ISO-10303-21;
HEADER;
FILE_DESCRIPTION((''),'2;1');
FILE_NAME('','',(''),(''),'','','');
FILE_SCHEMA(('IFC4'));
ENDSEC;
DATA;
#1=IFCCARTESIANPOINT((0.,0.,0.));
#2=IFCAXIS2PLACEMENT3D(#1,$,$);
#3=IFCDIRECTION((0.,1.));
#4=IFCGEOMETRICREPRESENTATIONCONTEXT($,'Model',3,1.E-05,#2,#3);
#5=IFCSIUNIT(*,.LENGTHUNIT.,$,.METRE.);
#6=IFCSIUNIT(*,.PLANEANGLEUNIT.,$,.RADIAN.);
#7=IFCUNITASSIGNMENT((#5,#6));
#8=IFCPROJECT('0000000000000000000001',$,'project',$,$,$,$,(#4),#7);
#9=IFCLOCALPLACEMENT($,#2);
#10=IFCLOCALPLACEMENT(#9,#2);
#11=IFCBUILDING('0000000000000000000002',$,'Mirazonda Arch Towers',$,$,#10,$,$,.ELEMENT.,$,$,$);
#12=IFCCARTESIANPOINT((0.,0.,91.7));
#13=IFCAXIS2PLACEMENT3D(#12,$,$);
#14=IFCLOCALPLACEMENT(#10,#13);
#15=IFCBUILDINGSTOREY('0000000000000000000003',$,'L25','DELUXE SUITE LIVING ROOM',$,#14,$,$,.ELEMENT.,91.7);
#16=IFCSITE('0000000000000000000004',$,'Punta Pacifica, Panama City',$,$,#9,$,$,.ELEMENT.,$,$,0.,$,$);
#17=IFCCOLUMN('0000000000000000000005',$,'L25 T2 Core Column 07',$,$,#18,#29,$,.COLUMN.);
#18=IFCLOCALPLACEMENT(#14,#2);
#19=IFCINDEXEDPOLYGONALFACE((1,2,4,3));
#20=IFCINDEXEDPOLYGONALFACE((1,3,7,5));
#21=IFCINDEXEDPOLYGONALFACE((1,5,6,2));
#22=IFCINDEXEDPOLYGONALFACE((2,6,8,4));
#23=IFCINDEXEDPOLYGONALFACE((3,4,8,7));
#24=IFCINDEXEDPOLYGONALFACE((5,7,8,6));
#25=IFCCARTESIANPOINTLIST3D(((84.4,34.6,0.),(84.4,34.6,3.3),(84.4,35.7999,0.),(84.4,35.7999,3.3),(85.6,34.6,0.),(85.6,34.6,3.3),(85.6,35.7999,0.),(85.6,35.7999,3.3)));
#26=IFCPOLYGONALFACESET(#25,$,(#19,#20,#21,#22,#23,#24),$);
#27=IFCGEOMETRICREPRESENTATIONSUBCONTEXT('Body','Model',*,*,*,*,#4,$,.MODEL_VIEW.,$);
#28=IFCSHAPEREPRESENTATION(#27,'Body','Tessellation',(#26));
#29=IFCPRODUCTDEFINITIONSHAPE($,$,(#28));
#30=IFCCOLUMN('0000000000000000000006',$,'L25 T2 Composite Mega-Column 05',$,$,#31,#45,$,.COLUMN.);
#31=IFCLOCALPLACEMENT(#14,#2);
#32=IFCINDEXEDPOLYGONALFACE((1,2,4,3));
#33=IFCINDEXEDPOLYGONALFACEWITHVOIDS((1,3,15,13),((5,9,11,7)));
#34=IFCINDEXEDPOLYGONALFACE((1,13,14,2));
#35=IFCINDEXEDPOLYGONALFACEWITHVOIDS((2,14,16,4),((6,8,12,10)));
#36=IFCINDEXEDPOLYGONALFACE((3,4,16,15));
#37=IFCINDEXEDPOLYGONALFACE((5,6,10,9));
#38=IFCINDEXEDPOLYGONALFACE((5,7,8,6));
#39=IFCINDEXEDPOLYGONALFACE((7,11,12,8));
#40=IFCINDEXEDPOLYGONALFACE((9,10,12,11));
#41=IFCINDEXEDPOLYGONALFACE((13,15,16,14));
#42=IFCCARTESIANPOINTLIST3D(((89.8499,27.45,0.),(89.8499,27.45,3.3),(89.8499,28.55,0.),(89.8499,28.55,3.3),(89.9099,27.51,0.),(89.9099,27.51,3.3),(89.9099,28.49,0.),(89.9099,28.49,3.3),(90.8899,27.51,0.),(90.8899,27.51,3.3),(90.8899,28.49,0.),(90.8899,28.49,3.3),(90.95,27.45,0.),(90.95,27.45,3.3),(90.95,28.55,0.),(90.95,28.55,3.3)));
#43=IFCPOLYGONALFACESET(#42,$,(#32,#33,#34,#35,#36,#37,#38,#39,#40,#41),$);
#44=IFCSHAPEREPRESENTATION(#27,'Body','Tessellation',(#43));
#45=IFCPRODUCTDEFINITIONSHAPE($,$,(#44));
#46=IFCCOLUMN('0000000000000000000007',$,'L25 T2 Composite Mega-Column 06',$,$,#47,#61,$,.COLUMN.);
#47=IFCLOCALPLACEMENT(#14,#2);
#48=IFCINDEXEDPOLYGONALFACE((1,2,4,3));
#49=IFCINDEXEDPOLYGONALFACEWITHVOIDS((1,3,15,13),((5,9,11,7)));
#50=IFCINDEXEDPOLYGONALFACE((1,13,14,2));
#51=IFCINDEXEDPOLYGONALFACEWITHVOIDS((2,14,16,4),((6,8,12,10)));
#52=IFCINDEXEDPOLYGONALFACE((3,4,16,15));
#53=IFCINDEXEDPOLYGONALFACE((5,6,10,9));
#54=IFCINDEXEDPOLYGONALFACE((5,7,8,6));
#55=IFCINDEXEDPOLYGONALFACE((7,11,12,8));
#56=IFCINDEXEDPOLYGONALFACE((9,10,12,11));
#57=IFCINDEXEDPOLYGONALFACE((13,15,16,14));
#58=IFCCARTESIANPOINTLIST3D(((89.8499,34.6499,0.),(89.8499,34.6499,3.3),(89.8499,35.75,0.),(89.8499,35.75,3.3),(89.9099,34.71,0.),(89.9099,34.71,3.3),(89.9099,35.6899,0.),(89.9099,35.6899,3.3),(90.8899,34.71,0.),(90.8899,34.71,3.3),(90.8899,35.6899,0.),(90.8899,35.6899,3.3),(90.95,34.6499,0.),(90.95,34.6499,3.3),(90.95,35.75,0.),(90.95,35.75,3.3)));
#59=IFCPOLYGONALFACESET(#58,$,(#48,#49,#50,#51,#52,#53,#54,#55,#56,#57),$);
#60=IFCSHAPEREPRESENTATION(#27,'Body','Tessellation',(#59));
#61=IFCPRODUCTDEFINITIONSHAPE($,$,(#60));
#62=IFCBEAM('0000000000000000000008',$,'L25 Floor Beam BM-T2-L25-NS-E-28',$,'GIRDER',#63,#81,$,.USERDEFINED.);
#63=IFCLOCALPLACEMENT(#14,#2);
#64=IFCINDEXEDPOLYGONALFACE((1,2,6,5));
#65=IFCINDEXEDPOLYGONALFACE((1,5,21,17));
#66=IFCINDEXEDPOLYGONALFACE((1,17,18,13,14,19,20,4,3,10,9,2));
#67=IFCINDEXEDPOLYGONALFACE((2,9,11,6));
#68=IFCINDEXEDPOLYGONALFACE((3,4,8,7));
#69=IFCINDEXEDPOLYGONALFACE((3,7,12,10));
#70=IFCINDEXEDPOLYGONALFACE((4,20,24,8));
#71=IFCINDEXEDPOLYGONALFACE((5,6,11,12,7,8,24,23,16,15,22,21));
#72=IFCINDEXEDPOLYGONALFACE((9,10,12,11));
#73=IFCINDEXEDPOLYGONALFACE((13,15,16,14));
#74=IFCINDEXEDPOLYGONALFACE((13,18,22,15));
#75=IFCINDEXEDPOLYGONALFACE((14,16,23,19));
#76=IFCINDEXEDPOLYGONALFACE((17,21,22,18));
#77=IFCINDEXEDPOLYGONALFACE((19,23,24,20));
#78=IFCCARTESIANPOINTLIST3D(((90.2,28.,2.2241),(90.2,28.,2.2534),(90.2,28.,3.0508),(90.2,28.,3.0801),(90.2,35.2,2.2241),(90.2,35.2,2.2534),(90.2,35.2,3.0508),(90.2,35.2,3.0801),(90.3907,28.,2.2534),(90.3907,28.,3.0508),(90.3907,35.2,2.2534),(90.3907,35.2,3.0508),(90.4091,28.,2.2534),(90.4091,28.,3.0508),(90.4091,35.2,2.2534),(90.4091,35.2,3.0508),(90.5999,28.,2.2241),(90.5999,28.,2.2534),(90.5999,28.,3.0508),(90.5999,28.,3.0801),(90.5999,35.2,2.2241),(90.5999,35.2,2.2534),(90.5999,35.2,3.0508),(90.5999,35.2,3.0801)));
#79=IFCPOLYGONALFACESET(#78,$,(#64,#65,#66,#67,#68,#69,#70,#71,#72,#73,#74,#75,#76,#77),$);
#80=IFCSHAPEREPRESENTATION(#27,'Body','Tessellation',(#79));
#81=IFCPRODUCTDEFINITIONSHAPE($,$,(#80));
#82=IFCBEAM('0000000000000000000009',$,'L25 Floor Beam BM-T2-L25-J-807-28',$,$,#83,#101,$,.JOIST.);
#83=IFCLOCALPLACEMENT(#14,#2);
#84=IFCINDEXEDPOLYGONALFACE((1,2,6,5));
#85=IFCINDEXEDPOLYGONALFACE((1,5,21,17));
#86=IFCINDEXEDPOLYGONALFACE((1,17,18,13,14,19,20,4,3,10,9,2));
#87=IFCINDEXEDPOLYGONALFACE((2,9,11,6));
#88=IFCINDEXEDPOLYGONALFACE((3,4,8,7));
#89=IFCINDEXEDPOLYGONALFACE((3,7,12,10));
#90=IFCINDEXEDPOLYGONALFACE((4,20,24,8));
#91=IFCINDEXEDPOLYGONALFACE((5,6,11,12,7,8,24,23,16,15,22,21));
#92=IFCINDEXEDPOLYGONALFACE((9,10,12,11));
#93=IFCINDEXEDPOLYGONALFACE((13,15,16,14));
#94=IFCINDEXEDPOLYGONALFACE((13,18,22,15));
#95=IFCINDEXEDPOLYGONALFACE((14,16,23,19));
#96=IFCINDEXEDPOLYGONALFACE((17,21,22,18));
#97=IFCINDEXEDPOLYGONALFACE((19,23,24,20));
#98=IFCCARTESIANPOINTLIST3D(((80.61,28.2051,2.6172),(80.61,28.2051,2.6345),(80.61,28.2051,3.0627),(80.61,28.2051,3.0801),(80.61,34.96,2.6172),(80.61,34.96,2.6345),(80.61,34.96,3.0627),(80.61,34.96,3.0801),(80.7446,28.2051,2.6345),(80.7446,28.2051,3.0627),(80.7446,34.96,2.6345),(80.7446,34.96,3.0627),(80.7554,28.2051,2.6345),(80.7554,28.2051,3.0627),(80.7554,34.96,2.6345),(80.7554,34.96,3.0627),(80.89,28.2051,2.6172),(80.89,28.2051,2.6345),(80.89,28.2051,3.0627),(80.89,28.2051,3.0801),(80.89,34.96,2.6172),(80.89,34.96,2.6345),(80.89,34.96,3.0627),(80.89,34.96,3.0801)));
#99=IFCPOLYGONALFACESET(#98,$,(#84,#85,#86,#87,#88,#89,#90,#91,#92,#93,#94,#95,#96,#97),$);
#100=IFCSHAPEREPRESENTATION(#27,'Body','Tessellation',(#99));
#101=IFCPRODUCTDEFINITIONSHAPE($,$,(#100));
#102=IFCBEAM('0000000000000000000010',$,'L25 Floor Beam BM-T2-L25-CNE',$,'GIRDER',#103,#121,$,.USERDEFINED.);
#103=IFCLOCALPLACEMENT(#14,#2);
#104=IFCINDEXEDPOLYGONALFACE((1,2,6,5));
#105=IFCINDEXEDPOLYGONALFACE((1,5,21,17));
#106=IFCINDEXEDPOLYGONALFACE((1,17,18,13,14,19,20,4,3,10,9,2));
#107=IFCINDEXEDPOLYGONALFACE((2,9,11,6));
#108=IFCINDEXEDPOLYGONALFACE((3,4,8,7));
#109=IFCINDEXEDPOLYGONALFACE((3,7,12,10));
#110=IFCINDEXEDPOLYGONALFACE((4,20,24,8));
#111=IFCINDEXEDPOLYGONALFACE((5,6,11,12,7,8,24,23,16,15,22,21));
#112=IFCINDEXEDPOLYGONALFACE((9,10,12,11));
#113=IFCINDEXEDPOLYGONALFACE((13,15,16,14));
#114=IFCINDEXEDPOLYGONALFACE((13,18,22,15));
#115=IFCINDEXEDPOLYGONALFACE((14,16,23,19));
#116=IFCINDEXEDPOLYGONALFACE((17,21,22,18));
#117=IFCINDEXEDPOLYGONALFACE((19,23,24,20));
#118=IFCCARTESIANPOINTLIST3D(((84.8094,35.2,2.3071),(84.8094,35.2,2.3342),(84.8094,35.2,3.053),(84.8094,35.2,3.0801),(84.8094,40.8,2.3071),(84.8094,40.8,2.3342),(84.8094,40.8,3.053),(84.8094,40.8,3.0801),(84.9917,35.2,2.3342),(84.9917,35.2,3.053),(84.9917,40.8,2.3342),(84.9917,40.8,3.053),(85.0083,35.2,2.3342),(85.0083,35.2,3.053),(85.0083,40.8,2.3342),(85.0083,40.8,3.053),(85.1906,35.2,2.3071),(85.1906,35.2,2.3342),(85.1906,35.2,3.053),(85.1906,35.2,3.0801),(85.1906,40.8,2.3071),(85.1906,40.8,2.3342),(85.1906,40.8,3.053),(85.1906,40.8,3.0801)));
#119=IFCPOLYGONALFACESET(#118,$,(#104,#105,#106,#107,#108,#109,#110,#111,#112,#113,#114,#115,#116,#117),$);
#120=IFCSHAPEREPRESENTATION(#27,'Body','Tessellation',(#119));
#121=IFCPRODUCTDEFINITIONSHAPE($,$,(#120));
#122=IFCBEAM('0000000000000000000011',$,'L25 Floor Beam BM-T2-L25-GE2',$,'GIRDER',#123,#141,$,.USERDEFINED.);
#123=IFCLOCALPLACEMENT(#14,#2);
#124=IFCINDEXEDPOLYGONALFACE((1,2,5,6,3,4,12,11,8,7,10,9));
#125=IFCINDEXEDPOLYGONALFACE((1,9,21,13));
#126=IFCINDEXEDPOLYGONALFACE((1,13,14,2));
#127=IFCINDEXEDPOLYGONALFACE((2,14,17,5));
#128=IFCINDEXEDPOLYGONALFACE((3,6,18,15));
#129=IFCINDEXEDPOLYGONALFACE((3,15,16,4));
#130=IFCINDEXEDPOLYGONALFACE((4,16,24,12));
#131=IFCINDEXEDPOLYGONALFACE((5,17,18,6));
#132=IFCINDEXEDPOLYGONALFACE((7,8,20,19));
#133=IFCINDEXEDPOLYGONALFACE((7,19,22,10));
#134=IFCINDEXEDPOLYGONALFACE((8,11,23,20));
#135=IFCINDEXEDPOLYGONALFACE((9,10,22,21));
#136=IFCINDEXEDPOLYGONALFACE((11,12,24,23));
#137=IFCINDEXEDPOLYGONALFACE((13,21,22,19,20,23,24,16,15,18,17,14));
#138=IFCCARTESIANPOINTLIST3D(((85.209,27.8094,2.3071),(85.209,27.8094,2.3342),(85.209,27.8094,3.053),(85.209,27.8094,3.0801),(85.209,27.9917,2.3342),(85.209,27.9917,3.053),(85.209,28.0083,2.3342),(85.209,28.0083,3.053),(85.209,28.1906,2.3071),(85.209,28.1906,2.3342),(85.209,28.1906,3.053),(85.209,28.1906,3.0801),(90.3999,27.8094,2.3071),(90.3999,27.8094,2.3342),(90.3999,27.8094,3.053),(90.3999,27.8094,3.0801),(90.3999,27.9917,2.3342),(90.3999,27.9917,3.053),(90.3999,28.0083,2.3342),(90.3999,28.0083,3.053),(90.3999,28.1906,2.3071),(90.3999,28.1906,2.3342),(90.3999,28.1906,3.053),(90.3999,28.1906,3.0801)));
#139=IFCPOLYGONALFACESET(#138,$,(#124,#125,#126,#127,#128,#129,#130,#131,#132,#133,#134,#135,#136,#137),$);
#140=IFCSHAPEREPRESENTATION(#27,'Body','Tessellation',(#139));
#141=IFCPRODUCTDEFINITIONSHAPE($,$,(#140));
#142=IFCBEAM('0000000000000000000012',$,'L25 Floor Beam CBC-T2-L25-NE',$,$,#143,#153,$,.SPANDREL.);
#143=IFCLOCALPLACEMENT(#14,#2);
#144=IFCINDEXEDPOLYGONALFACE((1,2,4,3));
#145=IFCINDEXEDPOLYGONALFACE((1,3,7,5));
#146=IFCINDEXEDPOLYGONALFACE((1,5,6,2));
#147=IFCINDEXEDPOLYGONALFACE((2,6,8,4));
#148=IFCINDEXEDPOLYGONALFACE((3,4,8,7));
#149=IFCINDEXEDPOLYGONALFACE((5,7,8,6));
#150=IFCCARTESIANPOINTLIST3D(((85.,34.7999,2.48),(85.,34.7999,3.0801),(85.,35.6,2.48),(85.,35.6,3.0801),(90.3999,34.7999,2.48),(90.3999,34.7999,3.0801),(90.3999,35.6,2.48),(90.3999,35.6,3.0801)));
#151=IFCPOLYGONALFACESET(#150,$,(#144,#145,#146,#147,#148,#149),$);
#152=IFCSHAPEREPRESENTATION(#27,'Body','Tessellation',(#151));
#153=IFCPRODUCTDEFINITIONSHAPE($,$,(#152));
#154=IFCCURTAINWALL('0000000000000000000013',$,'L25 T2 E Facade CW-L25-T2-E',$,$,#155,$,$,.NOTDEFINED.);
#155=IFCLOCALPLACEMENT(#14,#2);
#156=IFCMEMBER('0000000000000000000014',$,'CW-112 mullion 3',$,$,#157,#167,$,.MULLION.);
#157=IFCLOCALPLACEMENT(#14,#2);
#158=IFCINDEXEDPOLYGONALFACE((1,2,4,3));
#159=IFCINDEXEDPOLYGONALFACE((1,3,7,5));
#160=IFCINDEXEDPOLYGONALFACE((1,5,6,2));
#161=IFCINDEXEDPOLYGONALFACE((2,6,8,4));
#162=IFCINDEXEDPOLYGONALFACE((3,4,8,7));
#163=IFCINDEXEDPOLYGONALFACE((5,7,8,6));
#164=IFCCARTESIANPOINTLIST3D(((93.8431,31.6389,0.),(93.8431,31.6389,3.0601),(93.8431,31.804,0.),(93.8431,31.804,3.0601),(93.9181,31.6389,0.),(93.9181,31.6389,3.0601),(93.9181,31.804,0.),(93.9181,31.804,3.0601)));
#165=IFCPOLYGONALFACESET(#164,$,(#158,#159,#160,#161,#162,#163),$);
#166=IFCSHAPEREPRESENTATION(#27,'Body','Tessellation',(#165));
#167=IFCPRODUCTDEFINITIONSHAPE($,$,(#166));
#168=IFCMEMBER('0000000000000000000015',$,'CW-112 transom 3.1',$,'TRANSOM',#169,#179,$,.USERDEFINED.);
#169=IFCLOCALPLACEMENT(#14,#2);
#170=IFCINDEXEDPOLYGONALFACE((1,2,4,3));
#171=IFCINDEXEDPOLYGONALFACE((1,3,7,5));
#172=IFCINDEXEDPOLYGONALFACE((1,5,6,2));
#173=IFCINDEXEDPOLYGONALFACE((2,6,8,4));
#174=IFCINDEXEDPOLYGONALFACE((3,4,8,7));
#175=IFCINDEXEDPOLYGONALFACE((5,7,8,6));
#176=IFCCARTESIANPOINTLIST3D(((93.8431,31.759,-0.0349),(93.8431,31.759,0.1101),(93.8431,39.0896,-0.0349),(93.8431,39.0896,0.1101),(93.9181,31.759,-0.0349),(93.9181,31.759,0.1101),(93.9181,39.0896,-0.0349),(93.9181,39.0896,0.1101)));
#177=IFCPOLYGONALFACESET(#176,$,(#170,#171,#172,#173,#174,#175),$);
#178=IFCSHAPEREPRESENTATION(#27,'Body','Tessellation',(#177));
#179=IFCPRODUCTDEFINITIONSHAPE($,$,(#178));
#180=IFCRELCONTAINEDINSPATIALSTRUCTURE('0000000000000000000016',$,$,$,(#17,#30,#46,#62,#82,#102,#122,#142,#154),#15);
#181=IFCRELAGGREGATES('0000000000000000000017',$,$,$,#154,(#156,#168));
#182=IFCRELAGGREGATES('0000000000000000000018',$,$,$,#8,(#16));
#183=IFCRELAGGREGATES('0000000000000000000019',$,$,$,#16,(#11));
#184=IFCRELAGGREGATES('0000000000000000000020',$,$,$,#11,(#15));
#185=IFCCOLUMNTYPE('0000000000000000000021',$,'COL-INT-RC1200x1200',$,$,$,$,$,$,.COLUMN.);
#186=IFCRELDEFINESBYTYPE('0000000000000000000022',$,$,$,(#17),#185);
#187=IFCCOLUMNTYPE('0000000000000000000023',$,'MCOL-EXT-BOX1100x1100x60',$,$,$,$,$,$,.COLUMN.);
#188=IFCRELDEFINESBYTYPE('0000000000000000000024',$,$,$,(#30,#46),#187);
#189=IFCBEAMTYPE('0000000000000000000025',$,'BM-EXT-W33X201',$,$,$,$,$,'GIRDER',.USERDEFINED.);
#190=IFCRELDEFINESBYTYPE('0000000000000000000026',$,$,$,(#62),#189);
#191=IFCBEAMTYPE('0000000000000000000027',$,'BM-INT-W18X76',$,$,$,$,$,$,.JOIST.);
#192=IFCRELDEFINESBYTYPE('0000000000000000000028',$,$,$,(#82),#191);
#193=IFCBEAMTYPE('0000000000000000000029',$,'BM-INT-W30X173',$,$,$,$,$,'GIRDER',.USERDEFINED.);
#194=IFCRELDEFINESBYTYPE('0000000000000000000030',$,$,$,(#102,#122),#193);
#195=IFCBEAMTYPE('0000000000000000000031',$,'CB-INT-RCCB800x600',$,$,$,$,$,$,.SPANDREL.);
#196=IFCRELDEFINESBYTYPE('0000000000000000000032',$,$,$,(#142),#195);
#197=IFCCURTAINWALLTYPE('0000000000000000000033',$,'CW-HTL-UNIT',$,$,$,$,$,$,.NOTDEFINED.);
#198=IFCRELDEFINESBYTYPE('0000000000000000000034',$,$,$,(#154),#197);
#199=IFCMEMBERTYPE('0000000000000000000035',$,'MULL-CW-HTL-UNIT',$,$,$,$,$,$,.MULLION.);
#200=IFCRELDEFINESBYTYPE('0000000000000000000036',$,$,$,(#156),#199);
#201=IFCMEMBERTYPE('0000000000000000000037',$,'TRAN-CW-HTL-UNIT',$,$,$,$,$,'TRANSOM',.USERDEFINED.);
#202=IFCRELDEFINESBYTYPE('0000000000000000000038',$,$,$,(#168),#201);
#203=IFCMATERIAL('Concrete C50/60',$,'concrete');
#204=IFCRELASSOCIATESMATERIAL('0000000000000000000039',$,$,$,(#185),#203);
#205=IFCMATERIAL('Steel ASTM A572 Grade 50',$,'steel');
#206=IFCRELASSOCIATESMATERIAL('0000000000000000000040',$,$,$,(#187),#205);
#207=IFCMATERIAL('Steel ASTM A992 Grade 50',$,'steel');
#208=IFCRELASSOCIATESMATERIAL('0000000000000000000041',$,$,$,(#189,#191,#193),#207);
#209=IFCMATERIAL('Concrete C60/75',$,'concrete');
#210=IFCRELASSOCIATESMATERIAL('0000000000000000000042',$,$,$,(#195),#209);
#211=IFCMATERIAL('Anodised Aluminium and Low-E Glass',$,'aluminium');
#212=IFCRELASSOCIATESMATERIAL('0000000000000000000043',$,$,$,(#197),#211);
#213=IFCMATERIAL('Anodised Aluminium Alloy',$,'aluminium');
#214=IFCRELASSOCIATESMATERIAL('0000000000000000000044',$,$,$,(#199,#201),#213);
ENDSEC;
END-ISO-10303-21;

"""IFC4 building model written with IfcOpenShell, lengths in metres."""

from ifc_helpers import new_model, si_unit, direction, frame, origin, origin_2d, place, context, subcontext, project, spatial, rectangle, hollow_rectangle, i_section, extrude, material, material_profile, profile_set, type_object, element, aggregate, save


model = new_model("IFC4")

# Units and contexts
model_context = context("Model", 3, precision=1e-05, world=origin(), true_north=direction((0.0, 1.0)))
body_context = subcontext(model_context, "Body", "Model", "MODEL_VIEW")
ifc_project = project(units=[si_unit("LENGTHUNIT", "METRE"), si_unit("PLANEANGLEUNIT", "RADIAN")], contexts=[model_context])

# Site, building, storey
site_placement = place(None, origin())
site = spatial("IfcSite", under=ifc_project, at=site_placement, Name="Punta Pacifica, Panama City", CompositionType="ELEMENT", RefElevation=0.0)
building_placement = place(site_placement, origin())
building = spatial("IfcBuilding", under=site, at=building_placement, Name="Mirazonda Arch Towers", CompositionType="ELEMENT")
storey_placement = place(building_placement, frame((0.0, 0.0, 91.7)))
storey = spatial("IfcBuildingStorey", under=building, at=storey_placement, Name="L25", Description="DELUXE SUITE LIVING ROOM", CompositionType="ELEMENT", Elevation=91.7)

# Columns
ifc_material_1 = material(Name="Concrete C50/60", Category="concrete")
ifc_material_profile_1 = material_profile(ifc_material_1, rectangle(XDim=1.2, YDim=1.2, at=origin_2d()), Name="RC1200x1200")
ifc_profile_set_1 = profile_set([ifc_material_profile_1], Name="Concrete C50/60")
column_type_1 = type_object("IfcColumnType", Name="COL-INT-RC1200x1200", PredefinedType="COLUMN", material=ifc_profile_set_1)
column_placement = place(storey_placement, frame((85.0, 35.2, 0.0), z_axis=(0.0, 0.0, 1.0), x_axis=(1.0, 0.0, 0.0)))
element("IfcColumn", 1, at=column_placement, inside=storey, type_object=column_type_1, Name="L25 T2 Core Column 07", PredefinedType="COLUMN", context=body_context, shape_type="SweptSolid", body=[
    extrude(rectangle(XDim=1.2, YDim=1.2, at=origin_2d()), origin(), (0.0, 0.0, 1.0), 3.3),
])
ifc_material_2 = material(Name="Steel ASTM A572 Grade 50", Category="steel")
ifc_material_profile_2 = material_profile(ifc_material_2, hollow_rectangle(XDim=1.1001, YDim=1.1001, WallThickness=0.0601, at=origin_2d()), Name="BOX1100x1100x60")
ifc_profile_set_2 = profile_set([ifc_material_profile_2], Name="Steel ASTM A572 Grade 50")
column_type_2 = type_object("IfcColumnType", Name="MCOL-EXT-BOX1100x1100x60", PredefinedType="COLUMN", material=ifc_profile_set_2)
for number, where, z_axis, x_axis, name in (
    (2, (90.3999, 28.0, 0.0), (0.0, 0.0, 1.0), (1.0, 0.0, 0.0), "L25 T2 Composite Mega-Column 05"),
    (3, (90.3999, 35.2, 0.0), (0.0, 0.0, 1.0), (1.0, 0.0, 0.0), "L25 T2 Composite Mega-Column 06"),
):
    element("IfcColumn", number, at=place(storey_placement, frame(where, z_axis=z_axis, x_axis=x_axis)), inside=storey, type_object=column_type_2, Name=name, PredefinedType="COLUMN", context=body_context, shape_type="SweptSolid", body=[
        extrude(hollow_rectangle(XDim=1.1001, YDim=1.1001, WallThickness=0.0601, at=origin_2d()), origin(), (0.0, 0.0, 1.0), 3.3),
    ])

# Beams
ifc_material_3 = material(Name="Steel ASTM A992 Grade 50", Category="steel")
ifc_material_profile_3 = material_profile(ifc_material_3, i_section(OverallWidth=0.3999, OverallDepth=0.856, WebThickness=0.0183, FlangeThickness=0.0293, at=origin_2d()), Name="W33X201")
ifc_profile_set_3 = profile_set([ifc_material_profile_3], Name="Steel ASTM A992 Grade 50")
beam_type_1 = type_object("IfcBeamType", Name="BM-EXT-W33X201", ElementType="GIRDER", PredefinedType="USERDEFINED", material=ifc_profile_set_3)
beam_1_placement = place(storey_placement, frame((90.3999, 28.0, 2.6521), z_axis=(0.0, 1.0, 0.0), x_axis=(-1.0, 0.0, 0.0)))
element("IfcBeam", 4, at=beam_1_placement, inside=storey, type_object=beam_type_1, Name="L25 Floor Beam BM-T2-L25-NS-E-28", ObjectType="GIRDER", PredefinedType="USERDEFINED", context=body_context, shape_type="SweptSolid", body=[
    extrude(i_section(OverallWidth=0.3999, OverallDepth=0.856, WebThickness=0.0183, FlangeThickness=0.0293, at=origin_2d()), origin(), (0.0, 0.0, 1.0), 7.2),
])
ifc_material_profile_4 = material_profile(ifc_material_3, i_section(OverallWidth=0.28, OverallDepth=0.4629, WebThickness=0.0107, FlangeThickness=0.0173, at=origin_2d()), Name="W18X76")
ifc_profile_set_4 = profile_set([ifc_material_profile_4], Name="Steel ASTM A992 Grade 50")
beam_type_2 = type_object("IfcBeamType", Name="BM-INT-W18X76", PredefinedType="JOIST", material=ifc_profile_set_4)
beam_2_placement = place(storey_placement, frame((80.75, 28.2051, 2.8486), z_axis=(0.0, 1.0, 0.0), x_axis=(-1.0, 0.0, 0.0)))
element("IfcBeam", 5, at=beam_2_placement, inside=storey, type_object=beam_type_2, Name="L25 Floor Beam BM-T2-L25-J-807-28", PredefinedType="JOIST", context=body_context, shape_type="SweptSolid", body=[
    extrude(i_section(OverallWidth=0.28, OverallDepth=0.4629, WebThickness=0.0107, FlangeThickness=0.0173, at=origin_2d()), origin(), (0.0, 0.0, 1.0), 6.7549),
])
ifc_material_profile_5 = material_profile(ifc_material_3, i_section(OverallWidth=0.3811, OverallDepth=0.7729, WebThickness=0.0166, FlangeThickness=0.0271, at=origin_2d()), Name="W30X173")
ifc_profile_set_5 = profile_set([ifc_material_profile_5], Name="Steel ASTM A992 Grade 50")
beam_type_3 = type_object("IfcBeamType", Name="BM-INT-W30X173", ElementType="GIRDER", PredefinedType="USERDEFINED", material=ifc_profile_set_5)
beam_3_placement = place(storey_placement, frame((85.0, 35.2, 2.6936), z_axis=(0.0, 1.0, 0.0), x_axis=(-1.0, 0.0, 0.0)))
element("IfcBeam", 6, at=beam_3_placement, inside=storey, type_object=beam_type_3, Name="L25 Floor Beam BM-T2-L25-CNE", ObjectType="GIRDER", PredefinedType="USERDEFINED", context=body_context, shape_type="SweptSolid", body=[
    extrude(i_section(OverallWidth=0.3811, OverallDepth=0.7729, WebThickness=0.0166, FlangeThickness=0.0271, at=origin_2d()), origin(), (0.0, 0.0, 1.0), 5.6001),
])
beam_4_placement = place(storey_placement, frame((85.209, 28.0, 2.6936), z_axis=(1.0, 0.0, 0.0), x_axis=(0.0, 1.0, 0.0)))
element("IfcBeam", 7, at=beam_4_placement, inside=storey, type_object=beam_type_3, Name="L25 Floor Beam BM-T2-L25-GE2", ObjectType="GIRDER", PredefinedType="USERDEFINED", context=body_context, shape_type="SweptSolid", body=[
    extrude(i_section(OverallWidth=0.3811, OverallDepth=0.7729, WebThickness=0.0166, FlangeThickness=0.0271, at=origin_2d()), origin(), (0.0, 0.0, 1.0), 5.1909),
])
ifc_material_4 = material(Name="Concrete C60/75", Category="concrete")
ifc_material_profile_6 = material_profile(ifc_material_4, rectangle(XDim=0.8, YDim=0.6001, at=origin_2d()), Name="RCCB800x600")
ifc_profile_set_6 = profile_set([ifc_material_profile_6], Name="Concrete C60/75")
beam_type_4 = type_object("IfcBeamType", Name="CB-INT-RCCB800x600", PredefinedType="SPANDREL", material=ifc_profile_set_6)
beam_5_placement = place(storey_placement, frame((85.0, 35.2, 2.78), z_axis=(1.0, 0.0, 0.0), x_axis=(0.0, 1.0, 0.0)))
element("IfcBeam", 8, at=beam_5_placement, inside=storey, type_object=beam_type_4, Name="L25 Floor Beam CBC-T2-L25-NE", PredefinedType="SPANDREL", context=body_context, shape_type="SweptSolid", body=[
    extrude(rectangle(XDim=0.8, YDim=0.6001, at=origin_2d()), origin(), (0.0, 0.0, 1.0), 5.3999),
])

# Curtain wall, members
ifc_material_5 = material(Name="Anodised Aluminium and Low-E Glass", Category="aluminium")
curtain_wall_type = type_object("IfcCurtainWallType", Name="CW-HTL-UNIT", PredefinedType="NOTDEFINED", material=ifc_material_5)
curtain_wall_placement = place(storey_placement, origin())
curtain_wall = element("IfcCurtainWall", 9, at=curtain_wall_placement, inside=storey, type_object=curtain_wall_type, Name="L25 T2 E Facade CW-L25-T2-E", PredefinedType="NOTDEFINED")
ifc_material_6 = material(Name="Anodised Aluminium Alloy", Category="aluminium")
ifc_material_profile_7 = material_profile(ifc_material_6, rectangle(XDim=0.075, YDim=0.165, at=origin_2d()), Name="ALU-MULL-75x165")
ifc_profile_set_7 = profile_set([ifc_material_profile_7], Name="Anodised Aluminium Alloy")
member_type_1 = type_object("IfcMemberType", Name="MULL-CW-HTL-UNIT", PredefinedType="MULLION", material=ifc_profile_set_7)
member_1_placement = place(storey_placement, frame((93.8806, 31.7214, 0.0), z_axis=(0.0, 0.0, 1.0), x_axis=(-1.0, 0.0, 0.0)))
member_1 = element("IfcMember", 10, at=member_1_placement, type_object=member_type_1, Name="CW-112 mullion 3", PredefinedType="MULLION", context=body_context, shape_type="SweptSolid", body=[
    extrude(rectangle(XDim=0.075, YDim=0.165, at=origin_2d()), origin(), (0.0, 0.0, 1.0), 3.0601),
])
ifc_material_profile_8 = material_profile(ifc_material_6, rectangle(XDim=0.075, YDim=0.145, at=origin_2d()), Name="ALU-TRAN-75x145")
ifc_profile_set_8 = profile_set([ifc_material_profile_8], Name="Anodised Aluminium Alloy")
member_type_2 = type_object("IfcMemberType", Name="TRAN-CW-HTL-UNIT", ElementType="TRANSOM", PredefinedType="USERDEFINED", material=ifc_profile_set_8)
member_2_placement = place(storey_placement, frame((93.8806, 31.759, 0.0376), z_axis=(0.0, 1.0, 0.0), x_axis=(-1.0, 0.0, 0.0)))
member_2 = element("IfcMember", 11, at=member_2_placement, type_object=member_type_2, Name="CW-112 transom 3.1", ObjectType="TRANSOM", PredefinedType="USERDEFINED", context=body_context, shape_type="SweptSolid", body=[
    extrude(rectangle(XDim=0.075, YDim=0.145, at=origin_2d()), origin(), (0.0, 0.0, 1.0), 7.3306),
])
aggregate(curtain_wall, [member_1, member_2])

save(model, "model.ifc")
